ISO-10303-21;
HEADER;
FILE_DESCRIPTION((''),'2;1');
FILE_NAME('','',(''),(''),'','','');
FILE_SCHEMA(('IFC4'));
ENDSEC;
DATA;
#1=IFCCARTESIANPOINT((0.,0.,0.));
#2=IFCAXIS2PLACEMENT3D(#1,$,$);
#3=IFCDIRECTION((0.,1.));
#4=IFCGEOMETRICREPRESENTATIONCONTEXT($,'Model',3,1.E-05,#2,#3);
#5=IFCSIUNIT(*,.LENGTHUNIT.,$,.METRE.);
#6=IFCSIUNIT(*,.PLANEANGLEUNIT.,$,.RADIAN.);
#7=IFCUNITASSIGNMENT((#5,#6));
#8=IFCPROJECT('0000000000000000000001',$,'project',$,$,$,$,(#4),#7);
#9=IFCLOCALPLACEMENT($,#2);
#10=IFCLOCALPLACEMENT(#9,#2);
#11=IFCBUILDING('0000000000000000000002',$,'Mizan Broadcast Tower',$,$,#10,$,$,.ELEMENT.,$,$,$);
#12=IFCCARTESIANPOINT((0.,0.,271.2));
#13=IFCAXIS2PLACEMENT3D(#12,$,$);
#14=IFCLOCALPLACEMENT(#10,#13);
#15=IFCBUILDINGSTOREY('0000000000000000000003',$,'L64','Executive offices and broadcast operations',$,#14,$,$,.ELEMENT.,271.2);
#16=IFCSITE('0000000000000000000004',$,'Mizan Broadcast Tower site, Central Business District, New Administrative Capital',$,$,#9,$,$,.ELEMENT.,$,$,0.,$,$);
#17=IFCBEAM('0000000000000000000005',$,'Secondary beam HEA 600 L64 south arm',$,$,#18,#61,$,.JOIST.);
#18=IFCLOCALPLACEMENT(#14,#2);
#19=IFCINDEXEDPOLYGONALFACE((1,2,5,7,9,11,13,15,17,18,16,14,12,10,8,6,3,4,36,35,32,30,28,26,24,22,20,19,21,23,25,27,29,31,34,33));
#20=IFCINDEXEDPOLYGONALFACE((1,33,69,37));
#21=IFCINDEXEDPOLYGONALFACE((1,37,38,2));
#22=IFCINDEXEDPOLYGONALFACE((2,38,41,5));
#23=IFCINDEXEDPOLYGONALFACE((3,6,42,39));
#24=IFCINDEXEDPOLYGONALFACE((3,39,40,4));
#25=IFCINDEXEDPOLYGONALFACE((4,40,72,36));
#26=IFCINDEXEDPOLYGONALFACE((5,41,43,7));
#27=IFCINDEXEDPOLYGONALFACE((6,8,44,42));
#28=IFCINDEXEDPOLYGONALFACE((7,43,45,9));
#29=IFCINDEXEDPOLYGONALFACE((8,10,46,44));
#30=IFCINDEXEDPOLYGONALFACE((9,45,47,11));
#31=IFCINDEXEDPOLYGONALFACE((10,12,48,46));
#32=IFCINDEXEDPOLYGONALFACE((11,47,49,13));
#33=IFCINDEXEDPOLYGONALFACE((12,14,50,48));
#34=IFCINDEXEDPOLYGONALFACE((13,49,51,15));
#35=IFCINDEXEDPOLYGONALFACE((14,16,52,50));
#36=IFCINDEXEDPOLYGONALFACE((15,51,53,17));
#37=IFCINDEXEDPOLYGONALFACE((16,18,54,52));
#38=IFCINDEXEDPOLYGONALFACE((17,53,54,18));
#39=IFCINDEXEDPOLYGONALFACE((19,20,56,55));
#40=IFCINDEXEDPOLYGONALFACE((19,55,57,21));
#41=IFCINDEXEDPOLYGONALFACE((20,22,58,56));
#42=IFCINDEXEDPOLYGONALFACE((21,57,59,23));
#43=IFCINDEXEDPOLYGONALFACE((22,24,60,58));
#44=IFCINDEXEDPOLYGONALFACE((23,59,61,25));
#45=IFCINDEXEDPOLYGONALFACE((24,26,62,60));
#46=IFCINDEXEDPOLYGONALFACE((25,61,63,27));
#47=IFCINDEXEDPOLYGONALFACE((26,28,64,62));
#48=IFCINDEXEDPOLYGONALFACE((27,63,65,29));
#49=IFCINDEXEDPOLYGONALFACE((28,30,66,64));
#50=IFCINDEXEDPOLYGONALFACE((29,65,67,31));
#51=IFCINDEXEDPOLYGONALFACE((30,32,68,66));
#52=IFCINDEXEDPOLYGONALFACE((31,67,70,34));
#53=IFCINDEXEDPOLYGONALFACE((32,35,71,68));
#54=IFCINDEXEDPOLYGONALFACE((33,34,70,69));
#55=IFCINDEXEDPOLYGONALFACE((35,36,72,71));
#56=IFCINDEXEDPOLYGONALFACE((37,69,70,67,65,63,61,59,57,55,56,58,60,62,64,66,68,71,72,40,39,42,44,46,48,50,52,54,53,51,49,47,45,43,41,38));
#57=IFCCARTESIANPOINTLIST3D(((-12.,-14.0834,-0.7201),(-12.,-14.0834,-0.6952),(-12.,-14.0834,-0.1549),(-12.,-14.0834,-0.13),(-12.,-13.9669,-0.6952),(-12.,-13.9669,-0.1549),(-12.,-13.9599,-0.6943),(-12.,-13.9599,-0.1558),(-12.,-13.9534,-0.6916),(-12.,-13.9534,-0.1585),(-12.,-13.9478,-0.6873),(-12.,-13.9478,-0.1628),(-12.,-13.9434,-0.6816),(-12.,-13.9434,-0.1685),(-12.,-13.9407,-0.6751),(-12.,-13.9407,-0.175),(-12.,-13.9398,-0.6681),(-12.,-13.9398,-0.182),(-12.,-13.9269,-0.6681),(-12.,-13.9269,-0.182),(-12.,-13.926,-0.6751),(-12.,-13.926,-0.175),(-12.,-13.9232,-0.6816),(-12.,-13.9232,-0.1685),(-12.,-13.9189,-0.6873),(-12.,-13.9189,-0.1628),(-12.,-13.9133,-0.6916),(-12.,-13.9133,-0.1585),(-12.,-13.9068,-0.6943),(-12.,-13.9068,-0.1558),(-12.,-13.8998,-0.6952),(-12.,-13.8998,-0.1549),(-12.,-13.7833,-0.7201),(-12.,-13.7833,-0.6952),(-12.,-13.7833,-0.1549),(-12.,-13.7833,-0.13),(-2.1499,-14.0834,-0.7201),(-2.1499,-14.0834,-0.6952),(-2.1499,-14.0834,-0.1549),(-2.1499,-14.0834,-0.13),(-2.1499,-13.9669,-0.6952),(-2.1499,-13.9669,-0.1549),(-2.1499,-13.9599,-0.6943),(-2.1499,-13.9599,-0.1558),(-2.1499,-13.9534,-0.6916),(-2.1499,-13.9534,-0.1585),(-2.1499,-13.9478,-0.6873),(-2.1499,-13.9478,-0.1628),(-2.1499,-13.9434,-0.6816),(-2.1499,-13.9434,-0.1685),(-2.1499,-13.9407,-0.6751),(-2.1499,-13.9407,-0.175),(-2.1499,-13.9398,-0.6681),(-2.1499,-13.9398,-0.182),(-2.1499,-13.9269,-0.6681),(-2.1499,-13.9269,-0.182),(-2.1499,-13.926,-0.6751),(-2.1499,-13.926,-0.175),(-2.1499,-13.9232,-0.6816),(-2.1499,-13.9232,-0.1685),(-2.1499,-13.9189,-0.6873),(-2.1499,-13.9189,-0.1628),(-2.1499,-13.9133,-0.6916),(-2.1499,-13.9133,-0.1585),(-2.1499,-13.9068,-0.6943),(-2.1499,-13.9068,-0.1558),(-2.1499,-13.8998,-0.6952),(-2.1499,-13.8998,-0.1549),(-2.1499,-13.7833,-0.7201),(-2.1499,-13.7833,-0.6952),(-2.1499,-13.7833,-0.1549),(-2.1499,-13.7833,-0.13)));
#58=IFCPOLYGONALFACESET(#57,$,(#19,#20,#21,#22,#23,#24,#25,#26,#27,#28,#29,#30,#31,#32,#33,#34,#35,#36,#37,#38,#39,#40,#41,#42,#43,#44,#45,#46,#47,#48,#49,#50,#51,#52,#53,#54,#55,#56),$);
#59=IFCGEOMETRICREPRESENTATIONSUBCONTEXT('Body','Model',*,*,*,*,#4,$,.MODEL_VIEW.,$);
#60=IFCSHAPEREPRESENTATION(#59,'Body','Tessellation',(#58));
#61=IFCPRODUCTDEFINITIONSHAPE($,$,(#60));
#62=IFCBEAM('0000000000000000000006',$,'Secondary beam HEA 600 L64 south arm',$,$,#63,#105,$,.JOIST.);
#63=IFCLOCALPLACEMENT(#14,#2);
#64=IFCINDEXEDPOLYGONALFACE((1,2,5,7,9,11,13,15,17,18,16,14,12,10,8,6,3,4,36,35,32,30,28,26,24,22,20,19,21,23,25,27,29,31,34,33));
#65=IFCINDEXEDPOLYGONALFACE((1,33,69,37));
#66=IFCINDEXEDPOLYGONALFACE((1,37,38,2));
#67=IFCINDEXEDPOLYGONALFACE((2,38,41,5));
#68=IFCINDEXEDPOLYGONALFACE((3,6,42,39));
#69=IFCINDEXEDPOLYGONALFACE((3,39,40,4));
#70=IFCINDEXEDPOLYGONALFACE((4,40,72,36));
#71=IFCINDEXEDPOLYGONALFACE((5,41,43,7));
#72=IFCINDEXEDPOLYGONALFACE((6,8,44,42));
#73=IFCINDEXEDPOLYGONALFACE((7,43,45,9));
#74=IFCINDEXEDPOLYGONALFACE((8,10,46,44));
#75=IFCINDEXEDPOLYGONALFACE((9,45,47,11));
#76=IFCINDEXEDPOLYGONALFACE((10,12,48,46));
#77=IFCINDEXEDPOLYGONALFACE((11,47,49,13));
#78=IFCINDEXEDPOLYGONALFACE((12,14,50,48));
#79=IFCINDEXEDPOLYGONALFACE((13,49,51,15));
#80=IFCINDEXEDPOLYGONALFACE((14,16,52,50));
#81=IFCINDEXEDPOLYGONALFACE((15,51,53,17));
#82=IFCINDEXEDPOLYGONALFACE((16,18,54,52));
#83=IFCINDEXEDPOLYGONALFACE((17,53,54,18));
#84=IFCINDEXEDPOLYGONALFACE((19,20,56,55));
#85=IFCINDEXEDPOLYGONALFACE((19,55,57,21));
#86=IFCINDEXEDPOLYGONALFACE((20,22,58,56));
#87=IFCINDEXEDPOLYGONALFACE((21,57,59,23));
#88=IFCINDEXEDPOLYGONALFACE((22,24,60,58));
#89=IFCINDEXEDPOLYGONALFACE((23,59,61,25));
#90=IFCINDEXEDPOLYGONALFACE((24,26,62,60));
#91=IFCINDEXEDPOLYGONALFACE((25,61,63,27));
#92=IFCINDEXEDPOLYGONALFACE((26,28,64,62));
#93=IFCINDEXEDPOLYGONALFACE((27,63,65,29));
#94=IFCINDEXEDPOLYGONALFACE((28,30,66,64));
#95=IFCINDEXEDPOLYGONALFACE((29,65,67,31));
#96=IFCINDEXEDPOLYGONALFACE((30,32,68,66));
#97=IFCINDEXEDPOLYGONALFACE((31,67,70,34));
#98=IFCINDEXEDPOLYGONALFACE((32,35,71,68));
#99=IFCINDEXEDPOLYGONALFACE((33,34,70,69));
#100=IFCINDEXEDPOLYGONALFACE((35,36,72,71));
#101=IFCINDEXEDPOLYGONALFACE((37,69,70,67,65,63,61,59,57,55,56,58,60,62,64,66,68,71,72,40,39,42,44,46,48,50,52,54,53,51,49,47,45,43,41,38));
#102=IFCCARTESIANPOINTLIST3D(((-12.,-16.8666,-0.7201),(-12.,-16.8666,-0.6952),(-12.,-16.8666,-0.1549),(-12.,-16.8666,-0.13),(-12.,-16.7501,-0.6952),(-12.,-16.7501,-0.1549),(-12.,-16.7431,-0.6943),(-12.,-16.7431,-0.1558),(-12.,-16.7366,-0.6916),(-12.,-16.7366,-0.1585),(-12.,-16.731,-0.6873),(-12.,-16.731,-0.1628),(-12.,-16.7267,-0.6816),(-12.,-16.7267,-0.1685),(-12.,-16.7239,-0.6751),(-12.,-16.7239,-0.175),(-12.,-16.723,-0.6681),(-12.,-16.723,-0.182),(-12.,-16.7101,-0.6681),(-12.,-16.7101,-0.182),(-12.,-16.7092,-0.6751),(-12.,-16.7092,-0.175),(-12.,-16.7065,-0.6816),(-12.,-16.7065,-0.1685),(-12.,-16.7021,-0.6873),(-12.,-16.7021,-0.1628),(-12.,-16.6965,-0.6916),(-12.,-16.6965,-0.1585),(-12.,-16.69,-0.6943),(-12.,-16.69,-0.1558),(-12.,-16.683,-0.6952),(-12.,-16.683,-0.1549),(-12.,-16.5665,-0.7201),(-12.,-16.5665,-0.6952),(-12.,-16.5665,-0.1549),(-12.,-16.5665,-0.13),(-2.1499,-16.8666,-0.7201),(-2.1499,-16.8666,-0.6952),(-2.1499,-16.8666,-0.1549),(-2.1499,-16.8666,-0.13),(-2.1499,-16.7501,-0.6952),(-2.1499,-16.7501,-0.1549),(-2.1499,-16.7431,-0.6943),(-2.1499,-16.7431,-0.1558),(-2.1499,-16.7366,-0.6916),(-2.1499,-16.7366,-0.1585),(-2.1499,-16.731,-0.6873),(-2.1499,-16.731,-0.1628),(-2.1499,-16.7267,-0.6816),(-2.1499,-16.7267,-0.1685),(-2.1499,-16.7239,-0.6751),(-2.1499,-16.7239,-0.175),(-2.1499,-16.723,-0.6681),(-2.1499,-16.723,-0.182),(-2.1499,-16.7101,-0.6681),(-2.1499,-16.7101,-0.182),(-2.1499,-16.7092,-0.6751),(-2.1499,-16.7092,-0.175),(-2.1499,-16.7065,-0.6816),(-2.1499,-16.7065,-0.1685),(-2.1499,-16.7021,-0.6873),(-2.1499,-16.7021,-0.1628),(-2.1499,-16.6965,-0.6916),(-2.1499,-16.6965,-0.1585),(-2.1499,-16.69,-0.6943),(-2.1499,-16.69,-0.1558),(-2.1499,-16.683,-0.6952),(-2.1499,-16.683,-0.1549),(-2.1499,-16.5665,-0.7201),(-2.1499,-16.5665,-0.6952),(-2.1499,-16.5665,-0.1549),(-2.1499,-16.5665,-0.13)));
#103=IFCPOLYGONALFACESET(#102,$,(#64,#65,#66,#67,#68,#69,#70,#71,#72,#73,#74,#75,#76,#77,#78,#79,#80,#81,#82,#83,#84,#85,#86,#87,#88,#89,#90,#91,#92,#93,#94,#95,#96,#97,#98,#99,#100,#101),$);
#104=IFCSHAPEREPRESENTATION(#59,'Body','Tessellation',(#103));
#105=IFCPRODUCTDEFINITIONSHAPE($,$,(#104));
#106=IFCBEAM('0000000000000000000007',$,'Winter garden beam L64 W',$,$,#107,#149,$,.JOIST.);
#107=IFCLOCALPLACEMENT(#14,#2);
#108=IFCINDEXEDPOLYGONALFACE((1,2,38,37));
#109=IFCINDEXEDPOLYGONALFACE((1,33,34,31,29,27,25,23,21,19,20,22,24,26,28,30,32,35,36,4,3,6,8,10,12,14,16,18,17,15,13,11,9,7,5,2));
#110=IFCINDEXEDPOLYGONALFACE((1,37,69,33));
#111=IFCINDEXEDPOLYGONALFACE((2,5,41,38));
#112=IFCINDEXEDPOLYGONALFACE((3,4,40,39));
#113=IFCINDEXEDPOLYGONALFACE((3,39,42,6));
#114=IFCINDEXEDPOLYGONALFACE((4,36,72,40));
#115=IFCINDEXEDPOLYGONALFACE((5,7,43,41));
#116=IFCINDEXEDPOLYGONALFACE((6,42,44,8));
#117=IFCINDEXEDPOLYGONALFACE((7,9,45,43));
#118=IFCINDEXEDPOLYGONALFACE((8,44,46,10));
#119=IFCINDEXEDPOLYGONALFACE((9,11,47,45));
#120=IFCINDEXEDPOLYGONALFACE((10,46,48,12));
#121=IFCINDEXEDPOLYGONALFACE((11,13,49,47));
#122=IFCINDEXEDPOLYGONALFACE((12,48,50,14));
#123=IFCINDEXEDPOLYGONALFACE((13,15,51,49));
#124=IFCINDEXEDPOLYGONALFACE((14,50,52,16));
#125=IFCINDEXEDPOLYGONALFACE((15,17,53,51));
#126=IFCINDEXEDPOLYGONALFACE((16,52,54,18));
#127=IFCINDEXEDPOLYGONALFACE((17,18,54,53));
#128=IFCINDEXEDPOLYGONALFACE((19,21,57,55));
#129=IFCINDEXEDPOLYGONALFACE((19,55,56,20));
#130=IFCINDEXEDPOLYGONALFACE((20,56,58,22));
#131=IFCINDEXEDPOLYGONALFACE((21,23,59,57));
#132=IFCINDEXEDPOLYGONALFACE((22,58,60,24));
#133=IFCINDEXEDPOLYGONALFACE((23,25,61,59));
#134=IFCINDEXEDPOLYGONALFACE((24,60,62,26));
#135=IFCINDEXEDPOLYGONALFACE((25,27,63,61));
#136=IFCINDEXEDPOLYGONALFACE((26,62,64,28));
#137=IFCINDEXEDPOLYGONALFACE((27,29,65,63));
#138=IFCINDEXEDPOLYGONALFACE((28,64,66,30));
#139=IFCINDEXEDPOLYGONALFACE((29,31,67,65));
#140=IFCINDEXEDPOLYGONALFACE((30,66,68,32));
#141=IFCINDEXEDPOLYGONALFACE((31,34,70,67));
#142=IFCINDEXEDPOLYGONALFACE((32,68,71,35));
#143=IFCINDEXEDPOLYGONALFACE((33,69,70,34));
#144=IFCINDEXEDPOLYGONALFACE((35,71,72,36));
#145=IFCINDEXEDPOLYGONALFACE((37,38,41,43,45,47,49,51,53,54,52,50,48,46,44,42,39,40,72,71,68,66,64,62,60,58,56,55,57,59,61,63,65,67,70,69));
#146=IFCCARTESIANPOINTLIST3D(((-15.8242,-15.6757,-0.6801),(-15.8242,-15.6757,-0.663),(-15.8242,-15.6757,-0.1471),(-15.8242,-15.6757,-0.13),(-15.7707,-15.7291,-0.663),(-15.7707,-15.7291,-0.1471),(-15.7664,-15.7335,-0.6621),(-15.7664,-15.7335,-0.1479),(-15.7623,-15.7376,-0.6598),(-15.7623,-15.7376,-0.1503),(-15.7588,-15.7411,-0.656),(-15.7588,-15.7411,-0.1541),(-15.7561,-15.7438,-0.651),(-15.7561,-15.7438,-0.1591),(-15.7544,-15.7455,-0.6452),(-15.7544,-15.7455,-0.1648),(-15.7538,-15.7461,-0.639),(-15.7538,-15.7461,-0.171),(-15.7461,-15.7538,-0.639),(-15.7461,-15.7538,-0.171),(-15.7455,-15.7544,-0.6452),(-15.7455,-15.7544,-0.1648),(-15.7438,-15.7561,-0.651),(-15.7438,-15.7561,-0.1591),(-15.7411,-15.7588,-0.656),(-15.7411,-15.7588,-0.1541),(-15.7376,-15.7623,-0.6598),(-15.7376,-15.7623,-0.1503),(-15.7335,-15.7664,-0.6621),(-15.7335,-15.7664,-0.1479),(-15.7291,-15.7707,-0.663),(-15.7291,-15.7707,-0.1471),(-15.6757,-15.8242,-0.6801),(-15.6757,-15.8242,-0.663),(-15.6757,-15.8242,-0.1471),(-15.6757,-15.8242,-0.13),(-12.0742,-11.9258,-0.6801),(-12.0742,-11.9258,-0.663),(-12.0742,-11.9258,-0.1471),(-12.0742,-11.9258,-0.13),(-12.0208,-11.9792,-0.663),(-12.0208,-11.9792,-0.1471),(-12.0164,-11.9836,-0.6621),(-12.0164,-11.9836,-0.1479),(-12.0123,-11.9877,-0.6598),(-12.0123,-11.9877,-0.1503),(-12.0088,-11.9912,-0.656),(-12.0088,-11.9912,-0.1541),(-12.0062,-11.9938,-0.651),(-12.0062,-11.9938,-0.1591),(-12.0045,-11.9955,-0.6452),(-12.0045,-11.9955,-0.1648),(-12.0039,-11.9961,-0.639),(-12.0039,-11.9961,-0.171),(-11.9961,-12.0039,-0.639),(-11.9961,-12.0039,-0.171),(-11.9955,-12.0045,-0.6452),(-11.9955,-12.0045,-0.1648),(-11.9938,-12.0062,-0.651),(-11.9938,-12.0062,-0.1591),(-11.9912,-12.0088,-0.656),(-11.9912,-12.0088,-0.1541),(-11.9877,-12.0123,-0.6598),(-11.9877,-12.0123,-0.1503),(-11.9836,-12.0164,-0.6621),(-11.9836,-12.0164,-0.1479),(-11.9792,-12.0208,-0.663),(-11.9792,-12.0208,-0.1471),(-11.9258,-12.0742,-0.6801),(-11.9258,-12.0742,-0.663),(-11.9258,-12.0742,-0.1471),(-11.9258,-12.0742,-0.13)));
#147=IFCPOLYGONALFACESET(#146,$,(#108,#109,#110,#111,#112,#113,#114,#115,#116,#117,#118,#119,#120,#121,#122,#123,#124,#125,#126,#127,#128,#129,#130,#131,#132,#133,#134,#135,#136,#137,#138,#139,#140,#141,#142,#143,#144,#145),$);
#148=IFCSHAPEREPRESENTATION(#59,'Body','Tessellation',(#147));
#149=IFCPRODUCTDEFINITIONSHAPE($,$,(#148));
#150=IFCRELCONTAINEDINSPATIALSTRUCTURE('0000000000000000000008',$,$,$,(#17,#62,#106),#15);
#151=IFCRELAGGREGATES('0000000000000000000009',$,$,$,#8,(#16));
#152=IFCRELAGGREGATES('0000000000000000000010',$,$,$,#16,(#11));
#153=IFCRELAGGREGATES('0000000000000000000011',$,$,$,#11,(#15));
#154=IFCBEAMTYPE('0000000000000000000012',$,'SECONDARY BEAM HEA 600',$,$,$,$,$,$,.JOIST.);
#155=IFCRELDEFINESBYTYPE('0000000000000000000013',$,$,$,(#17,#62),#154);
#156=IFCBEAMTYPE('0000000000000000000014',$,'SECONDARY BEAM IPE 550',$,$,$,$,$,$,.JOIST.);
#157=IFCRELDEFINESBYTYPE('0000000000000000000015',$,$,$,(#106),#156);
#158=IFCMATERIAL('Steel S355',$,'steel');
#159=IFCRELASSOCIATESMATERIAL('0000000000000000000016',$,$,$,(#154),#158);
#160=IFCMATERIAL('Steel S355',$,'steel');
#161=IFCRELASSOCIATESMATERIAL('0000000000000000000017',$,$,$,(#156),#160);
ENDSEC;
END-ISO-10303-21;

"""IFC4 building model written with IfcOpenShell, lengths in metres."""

from ifc_helpers import new_model, si_unit, direction, frame, origin, origin_2d, place, context, subcontext, project, spatial, i_section, extrude, material, material_profile, profile_set, type_object, element, save


model = new_model("IFC4")

# Units and contexts
model_context = context("Model", 3, precision=1e-05, world=origin(), true_north=direction((0.0, 1.0)))
body_context = subcontext(model_context, "Body", "Model", "MODEL_VIEW")
ifc_project = project(units=[si_unit("LENGTHUNIT", "METRE"), si_unit("PLANEANGLEUNIT", "RADIAN")], contexts=[model_context])

# Site, building, storey
site_placement = place(None, origin())
site = spatial("IfcSite", under=ifc_project, at=site_placement, Name="Mizan Broadcast Tower site, Central Business District, New Administrative Capital", CompositionType="ELEMENT", RefElevation=0.0)
building_placement = place(site_placement, origin())
building = spatial("IfcBuilding", under=site, at=building_placement, Name="Mizan Broadcast Tower", CompositionType="ELEMENT")
storey_placement = place(building_placement, frame((0.0, 0.0, 271.2)))
storey = spatial("IfcBuildingStorey", under=building, at=storey_placement, Name="L64", Description="Executive offices and broadcast operations", CompositionType="ELEMENT", Elevation=271.2)

# Beams
ifc_material_1 = material(Name="Steel S355", Category="steel")
ifc_material_profile_1 = material_profile(ifc_material_1, i_section(OverallWidth=0.3, OverallDepth=0.5901, WebThickness=0.0129, FlangeThickness=0.0249, FilletRadius=0.0271, at=origin_2d()), Name="HEA 600")
ifc_profile_set_1 = profile_set([ifc_material_profile_1], Name="Steel S355")
beam_type_1 = type_object("IfcBeamType", Name="SECONDARY BEAM HEA 600", PredefinedType="JOIST", material=ifc_profile_set_1)
for number, where, z_axis, x_axis, name in (
    (1, (-12.0, -13.9333, -0.425), (1.0, 0.0, 0.0), (0.0, 1.0, 0.0), "Secondary beam HEA 600 L64 south arm"),
    (2, (-12.0, -16.7166, -0.425), (1.0, 0.0, 0.0), (0.0, 1.0, 0.0), "Secondary beam HEA 600 L64 south arm"),
):
    element("IfcBeam", number, at=place(storey_placement, frame(where, z_axis=z_axis, x_axis=x_axis)), inside=storey, type_object=beam_type_1, Name=name, PredefinedType="JOIST", context=body_context, shape_type="SweptSolid", body=[
        extrude(i_section(OverallWidth=0.3, OverallDepth=0.5901, WebThickness=0.0129, FlangeThickness=0.0249, FilletRadius=0.0271, at=origin_2d()), origin(), (0.0, 0.0, 1.0), 9.8501),
    ])
ifc_material_2 = material(Name="Steel S355", Category="steel")
ifc_material_profile_2 = material_profile(ifc_material_2, i_section(OverallWidth=0.21, OverallDepth=0.55, WebThickness=0.011, FlangeThickness=0.0171, FilletRadius=0.0239, at=origin_2d()), Name="IPE 550")
ifc_profile_set_2 = profile_set([ifc_material_profile_2], Name="Steel S355")
beam_type_2 = type_object("IfcBeamType", Name="SECONDARY BEAM IPE 550", PredefinedType="JOIST", material=ifc_profile_set_2)
beam_1_placement = place(storey_placement, frame((-12.0, -12.0, -0.405), z_axis=(-0.707107, -0.707107, 0.0), x_axis=(0.707107, -0.707107, 0.0)))
element("IfcBeam", 3, at=beam_1_placement, inside=storey, type_object=beam_type_2, Name="Winter garden beam L64 W", PredefinedType="JOIST", context=body_context, shape_type="SweptSolid", body=[
    extrude(i_section(OverallWidth=0.21, OverallDepth=0.55, WebThickness=0.011, FlangeThickness=0.0171, FilletRadius=0.0239, at=origin_2d()), origin(), (0.0, 0.0, 1.0), 5.3032),
])

save(model, "model.ifc")
